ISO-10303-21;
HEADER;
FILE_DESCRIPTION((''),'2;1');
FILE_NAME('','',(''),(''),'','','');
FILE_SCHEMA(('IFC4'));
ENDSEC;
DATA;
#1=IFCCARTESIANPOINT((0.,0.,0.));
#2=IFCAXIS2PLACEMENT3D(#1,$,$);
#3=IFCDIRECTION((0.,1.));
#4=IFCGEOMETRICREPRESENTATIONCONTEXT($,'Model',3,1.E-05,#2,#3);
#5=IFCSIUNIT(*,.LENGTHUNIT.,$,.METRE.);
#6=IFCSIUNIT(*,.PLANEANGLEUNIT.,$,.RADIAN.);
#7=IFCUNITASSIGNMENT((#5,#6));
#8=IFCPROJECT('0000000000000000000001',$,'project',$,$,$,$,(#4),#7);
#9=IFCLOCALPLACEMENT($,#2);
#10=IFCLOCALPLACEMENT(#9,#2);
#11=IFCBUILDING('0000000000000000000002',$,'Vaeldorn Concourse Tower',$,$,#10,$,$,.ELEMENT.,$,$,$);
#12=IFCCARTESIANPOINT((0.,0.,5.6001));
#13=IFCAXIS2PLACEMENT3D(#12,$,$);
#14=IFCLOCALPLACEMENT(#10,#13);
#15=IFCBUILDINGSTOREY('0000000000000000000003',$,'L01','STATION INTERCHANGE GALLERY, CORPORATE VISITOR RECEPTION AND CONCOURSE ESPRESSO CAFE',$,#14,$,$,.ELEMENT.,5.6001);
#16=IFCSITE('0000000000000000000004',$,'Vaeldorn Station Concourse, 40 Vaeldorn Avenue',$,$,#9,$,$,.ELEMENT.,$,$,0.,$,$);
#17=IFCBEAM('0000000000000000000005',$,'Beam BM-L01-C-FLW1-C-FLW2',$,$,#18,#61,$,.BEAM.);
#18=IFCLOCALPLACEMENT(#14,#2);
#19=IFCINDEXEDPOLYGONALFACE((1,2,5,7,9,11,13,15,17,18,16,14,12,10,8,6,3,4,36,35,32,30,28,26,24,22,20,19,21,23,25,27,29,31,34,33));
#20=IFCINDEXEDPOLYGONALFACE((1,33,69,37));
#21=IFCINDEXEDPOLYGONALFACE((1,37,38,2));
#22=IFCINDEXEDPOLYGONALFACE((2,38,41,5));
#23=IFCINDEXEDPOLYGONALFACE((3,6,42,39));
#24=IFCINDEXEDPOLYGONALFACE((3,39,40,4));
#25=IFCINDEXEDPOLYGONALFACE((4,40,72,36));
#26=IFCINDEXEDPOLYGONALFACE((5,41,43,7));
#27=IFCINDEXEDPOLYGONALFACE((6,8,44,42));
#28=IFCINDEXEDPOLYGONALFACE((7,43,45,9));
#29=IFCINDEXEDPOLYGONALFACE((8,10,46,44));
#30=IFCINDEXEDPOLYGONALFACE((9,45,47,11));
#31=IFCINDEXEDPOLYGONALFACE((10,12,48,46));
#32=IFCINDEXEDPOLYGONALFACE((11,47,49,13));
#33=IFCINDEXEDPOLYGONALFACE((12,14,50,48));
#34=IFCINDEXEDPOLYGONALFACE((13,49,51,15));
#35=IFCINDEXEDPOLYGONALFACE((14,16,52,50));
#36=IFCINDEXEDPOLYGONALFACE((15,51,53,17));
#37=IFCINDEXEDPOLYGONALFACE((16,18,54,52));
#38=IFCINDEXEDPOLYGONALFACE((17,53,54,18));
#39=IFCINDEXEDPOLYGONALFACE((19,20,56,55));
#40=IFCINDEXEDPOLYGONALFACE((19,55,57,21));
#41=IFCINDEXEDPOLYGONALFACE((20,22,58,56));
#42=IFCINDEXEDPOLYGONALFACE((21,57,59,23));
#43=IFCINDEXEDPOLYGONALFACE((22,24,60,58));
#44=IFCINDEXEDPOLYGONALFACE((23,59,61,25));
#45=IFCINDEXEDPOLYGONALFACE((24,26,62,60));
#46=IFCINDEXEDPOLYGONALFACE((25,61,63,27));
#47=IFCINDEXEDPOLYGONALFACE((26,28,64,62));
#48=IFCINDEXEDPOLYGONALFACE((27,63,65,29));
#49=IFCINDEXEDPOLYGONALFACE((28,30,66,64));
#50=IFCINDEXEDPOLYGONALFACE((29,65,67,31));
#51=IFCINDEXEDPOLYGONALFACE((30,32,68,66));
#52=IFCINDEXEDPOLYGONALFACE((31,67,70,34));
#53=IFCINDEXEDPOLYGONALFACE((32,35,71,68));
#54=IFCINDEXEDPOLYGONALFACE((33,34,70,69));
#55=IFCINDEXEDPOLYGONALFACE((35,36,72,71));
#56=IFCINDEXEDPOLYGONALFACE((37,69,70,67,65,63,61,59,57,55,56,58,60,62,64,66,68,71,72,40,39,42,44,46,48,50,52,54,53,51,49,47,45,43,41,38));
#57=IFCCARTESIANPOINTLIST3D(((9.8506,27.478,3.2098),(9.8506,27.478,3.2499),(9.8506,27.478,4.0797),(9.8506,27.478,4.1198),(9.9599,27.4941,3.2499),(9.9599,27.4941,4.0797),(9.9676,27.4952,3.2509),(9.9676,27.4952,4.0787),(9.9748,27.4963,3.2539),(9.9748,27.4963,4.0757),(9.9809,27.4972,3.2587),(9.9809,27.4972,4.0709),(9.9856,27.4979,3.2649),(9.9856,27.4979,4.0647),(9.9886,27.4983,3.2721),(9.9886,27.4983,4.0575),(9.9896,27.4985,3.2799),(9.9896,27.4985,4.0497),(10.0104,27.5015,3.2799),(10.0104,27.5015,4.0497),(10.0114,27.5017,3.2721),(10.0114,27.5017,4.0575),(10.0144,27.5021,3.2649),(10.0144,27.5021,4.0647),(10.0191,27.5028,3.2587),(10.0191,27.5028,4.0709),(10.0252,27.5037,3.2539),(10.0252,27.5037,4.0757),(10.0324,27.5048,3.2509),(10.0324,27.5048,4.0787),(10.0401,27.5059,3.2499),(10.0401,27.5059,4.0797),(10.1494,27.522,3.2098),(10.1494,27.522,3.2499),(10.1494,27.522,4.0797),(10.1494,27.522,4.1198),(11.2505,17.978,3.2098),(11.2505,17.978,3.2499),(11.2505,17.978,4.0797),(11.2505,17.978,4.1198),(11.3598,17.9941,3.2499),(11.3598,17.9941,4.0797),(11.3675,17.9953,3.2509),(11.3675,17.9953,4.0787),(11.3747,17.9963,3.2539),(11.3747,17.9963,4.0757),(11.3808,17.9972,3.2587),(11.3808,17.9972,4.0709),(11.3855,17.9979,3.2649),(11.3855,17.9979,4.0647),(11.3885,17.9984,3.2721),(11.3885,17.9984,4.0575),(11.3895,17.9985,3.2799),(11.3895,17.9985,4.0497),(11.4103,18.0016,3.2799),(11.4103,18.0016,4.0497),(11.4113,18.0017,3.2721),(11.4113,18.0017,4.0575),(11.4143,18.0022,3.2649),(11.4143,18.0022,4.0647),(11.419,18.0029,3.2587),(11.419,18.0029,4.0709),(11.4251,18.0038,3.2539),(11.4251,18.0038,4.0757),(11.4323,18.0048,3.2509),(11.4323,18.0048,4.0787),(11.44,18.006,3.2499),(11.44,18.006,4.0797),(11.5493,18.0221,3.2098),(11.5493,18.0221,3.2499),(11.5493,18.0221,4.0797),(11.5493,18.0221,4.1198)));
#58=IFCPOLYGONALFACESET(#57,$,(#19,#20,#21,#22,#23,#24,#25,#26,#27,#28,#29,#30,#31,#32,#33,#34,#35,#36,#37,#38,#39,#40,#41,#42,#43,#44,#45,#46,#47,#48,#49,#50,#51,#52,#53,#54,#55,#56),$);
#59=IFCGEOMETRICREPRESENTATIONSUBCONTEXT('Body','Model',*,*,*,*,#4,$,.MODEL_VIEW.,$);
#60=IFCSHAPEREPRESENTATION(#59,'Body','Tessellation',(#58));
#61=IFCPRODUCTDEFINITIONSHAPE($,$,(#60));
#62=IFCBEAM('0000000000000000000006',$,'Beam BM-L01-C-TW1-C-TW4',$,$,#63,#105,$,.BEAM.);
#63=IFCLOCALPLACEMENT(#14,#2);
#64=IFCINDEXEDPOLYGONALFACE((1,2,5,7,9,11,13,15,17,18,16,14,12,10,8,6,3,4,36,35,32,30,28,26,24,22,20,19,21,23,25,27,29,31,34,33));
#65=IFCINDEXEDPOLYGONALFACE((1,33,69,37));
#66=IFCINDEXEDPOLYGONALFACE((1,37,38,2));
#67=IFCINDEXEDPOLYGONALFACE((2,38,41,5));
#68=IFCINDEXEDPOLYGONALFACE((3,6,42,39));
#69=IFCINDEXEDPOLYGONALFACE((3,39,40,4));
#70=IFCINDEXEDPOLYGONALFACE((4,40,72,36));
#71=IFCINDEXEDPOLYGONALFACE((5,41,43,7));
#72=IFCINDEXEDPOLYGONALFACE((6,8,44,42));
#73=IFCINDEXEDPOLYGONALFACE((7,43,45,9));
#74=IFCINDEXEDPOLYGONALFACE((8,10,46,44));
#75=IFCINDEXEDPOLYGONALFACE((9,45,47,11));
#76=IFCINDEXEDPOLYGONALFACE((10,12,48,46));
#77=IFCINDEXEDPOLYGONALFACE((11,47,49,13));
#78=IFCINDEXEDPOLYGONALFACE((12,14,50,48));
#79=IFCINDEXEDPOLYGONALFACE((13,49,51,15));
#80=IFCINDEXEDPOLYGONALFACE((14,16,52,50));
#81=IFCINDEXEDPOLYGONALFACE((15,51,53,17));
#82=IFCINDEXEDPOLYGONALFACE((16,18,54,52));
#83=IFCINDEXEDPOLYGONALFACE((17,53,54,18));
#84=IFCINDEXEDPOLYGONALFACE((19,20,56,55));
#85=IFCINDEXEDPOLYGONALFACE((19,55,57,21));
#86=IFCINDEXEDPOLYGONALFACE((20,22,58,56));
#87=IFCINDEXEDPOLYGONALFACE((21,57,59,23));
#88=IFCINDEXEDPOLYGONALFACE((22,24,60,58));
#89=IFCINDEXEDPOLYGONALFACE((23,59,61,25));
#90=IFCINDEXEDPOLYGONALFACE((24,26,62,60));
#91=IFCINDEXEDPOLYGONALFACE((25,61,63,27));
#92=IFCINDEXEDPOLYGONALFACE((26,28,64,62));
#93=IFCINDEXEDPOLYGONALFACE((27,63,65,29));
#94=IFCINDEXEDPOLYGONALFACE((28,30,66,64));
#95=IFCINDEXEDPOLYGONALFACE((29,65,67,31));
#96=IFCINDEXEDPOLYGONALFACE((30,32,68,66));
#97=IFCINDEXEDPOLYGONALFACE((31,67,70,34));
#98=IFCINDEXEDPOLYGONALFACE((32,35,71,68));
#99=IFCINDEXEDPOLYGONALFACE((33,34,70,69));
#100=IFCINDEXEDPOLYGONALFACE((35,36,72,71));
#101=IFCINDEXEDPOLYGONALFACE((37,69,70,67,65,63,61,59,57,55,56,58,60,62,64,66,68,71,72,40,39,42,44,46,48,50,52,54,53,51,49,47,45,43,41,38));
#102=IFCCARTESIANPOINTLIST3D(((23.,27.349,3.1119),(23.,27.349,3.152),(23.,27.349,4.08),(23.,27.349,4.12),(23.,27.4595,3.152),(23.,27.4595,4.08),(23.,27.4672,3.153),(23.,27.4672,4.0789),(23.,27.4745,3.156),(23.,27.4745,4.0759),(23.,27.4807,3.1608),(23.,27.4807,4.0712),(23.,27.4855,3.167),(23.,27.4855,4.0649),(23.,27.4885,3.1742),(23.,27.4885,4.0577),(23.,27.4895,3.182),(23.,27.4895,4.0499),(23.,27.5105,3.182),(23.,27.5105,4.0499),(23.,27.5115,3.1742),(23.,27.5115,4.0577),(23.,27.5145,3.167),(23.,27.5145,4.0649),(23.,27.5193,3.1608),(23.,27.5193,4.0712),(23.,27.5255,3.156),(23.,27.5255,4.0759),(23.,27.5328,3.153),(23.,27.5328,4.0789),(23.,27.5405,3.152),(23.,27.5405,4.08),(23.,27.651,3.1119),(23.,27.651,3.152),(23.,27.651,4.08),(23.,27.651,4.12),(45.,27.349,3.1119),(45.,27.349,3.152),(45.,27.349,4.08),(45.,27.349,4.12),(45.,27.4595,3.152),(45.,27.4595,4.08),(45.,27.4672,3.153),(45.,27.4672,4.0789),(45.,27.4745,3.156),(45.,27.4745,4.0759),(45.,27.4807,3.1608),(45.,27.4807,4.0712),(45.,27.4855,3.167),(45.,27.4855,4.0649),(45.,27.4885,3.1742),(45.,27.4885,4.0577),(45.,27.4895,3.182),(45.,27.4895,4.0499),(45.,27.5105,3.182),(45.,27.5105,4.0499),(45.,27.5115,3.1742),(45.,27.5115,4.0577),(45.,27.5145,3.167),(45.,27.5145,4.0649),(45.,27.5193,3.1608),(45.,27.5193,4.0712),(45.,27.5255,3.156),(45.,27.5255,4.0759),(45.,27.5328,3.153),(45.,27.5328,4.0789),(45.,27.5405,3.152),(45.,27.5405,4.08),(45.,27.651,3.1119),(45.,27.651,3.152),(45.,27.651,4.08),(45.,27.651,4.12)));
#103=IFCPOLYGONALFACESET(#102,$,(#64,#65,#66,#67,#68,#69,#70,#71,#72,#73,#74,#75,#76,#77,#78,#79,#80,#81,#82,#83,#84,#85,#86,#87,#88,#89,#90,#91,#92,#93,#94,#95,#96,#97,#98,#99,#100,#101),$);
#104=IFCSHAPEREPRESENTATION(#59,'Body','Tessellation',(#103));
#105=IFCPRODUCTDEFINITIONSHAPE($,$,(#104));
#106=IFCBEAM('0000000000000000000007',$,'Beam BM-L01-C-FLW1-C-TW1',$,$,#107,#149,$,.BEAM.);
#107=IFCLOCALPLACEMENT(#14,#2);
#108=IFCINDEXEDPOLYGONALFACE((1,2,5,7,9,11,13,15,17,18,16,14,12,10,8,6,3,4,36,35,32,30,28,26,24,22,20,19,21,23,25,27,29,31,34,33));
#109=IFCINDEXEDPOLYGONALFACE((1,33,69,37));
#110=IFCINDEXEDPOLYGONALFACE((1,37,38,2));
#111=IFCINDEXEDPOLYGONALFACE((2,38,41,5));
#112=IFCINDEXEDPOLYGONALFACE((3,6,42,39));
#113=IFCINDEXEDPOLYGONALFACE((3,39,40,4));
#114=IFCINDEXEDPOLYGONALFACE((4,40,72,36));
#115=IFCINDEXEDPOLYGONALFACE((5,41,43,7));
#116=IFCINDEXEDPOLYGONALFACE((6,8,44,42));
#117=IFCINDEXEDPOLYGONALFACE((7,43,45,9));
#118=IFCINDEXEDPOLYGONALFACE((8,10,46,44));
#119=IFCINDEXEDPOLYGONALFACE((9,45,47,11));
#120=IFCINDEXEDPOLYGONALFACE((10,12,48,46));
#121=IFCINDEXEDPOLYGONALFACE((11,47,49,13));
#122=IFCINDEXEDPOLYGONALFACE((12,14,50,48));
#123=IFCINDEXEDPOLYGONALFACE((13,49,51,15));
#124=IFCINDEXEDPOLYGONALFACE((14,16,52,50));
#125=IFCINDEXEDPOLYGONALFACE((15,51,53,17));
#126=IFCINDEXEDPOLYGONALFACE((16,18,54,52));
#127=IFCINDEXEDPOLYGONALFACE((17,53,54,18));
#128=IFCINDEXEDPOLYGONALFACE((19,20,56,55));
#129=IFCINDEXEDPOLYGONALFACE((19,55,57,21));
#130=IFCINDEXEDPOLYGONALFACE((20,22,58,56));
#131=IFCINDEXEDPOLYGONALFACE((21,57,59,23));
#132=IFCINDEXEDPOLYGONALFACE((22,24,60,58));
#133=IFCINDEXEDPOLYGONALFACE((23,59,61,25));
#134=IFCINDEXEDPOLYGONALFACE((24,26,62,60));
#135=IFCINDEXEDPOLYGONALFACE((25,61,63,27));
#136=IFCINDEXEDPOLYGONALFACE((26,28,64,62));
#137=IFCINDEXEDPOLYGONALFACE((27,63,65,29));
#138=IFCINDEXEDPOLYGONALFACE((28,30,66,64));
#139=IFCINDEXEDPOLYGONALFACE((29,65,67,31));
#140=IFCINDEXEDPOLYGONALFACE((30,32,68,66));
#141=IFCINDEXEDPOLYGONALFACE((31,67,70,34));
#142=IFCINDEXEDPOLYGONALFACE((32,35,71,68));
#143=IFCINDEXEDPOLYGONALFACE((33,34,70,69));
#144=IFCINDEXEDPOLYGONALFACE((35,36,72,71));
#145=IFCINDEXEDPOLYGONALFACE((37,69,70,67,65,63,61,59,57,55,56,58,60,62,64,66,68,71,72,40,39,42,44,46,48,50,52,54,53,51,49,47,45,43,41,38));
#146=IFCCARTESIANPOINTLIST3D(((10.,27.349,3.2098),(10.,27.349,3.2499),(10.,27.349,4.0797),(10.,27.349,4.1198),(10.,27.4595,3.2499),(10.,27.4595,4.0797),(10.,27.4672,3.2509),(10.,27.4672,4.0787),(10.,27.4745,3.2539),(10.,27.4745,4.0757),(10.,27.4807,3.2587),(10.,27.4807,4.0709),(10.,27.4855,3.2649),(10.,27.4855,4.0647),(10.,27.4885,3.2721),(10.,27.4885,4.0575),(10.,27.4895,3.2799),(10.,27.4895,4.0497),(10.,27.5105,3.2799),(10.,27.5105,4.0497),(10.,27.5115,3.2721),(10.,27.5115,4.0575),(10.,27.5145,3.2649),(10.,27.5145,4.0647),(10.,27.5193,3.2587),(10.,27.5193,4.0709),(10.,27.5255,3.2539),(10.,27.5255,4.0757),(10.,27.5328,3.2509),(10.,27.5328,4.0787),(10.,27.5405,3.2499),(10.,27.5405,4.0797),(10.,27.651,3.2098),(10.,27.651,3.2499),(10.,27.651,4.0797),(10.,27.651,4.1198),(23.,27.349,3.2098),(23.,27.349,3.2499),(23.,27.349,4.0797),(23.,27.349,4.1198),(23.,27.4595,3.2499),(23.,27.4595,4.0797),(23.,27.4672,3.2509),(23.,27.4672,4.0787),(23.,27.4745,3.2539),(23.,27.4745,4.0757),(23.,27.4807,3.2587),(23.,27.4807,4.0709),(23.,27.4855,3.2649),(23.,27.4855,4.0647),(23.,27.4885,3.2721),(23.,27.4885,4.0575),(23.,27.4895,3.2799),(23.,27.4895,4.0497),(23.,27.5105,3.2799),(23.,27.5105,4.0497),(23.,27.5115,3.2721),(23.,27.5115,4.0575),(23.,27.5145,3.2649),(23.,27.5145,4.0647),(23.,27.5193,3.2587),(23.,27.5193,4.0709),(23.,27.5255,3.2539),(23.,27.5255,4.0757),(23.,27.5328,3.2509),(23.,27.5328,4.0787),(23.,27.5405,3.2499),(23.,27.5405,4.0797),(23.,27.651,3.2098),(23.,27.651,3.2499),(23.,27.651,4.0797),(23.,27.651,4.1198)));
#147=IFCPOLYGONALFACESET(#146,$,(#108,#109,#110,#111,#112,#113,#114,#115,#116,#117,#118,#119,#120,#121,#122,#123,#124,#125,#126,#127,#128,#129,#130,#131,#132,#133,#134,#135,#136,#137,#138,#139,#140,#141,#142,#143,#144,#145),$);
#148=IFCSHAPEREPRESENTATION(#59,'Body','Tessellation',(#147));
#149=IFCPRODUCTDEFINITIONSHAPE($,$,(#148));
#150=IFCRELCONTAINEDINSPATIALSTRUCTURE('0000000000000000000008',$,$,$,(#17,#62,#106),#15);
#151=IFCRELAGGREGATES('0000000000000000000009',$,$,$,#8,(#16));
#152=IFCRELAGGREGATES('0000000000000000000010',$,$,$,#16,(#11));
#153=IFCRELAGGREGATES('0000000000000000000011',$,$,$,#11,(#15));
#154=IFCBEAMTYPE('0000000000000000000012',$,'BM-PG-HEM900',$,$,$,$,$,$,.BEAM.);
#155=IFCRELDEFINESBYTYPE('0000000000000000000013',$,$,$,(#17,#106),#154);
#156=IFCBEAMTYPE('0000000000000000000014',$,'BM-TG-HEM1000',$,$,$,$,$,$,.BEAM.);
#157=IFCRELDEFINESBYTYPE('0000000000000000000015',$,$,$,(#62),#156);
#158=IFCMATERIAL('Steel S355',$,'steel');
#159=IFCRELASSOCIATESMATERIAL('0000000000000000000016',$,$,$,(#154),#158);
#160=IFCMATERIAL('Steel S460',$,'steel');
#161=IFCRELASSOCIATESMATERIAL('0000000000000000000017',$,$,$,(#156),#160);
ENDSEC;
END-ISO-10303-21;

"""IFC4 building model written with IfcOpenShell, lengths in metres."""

from ifc_helpers import new_model, si_unit, direction, frame, origin, origin_2d, place, context, subcontext, project, spatial, i_section, extrude, source, transform, mapped, material, material_profile, profile_set, type_object, element, save


model = new_model("IFC4")

# Units and contexts
model_context = context("Model", 3, precision=1e-05, world=origin(), true_north=direction((0.0, 1.0)))
body_context = subcontext(model_context, "Body", "Model", "MODEL_VIEW")
ifc_project = project(units=[si_unit("LENGTHUNIT", "METRE"), si_unit("PLANEANGLEUNIT", "RADIAN")], contexts=[model_context])

# Site, building, storey
site_placement = place(None, origin())
site = spatial("IfcSite", under=ifc_project, at=site_placement, Name="Vaeldorn Station Concourse, 40 Vaeldorn Avenue", CompositionType="ELEMENT", RefElevation=0.0)
building_placement = place(site_placement, origin())
building = spatial("IfcBuilding", under=site, at=building_placement, Name="Vaeldorn Concourse Tower", CompositionType="ELEMENT")
storey_placement = place(building_placement, frame((0.0, 0.0, 5.6001)))
storey = spatial("IfcBuildingStorey", under=building, at=storey_placement, Name="L01", Description="STATION INTERCHANGE GALLERY, CORPORATE VISITOR RECEPTION AND CONCOURSE ESPRESSO CAFE", CompositionType="ELEMENT", Elevation=5.6001)

# Shared definitions
ifc_material_1 = material(Name="Steel S460", Category="steel")

# Beams
ifc_material_2 = material(Name="Steel S355", Category="steel")
ifc_material_profile_1 = material_profile(ifc_material_2, i_section(OverallWidth=0.302, OverallDepth=0.9099, WebThickness=0.021, FlangeThickness=0.04, FilletRadius=0.03, at=origin_2d()), Name="HEM 900")
ifc_profile_set_1 = profile_set([ifc_material_profile_1], Name="Steel S355")
beam_type_1 = type_object("IfcBeamType", Name="BM-PG-HEM900", PredefinedType="BEAM", material=ifc_profile_set_1)
shared_shape_1 = source(origin(), body_context, "Body", "SweptSolid", [
    extrude(i_section(OverallWidth=0.302, OverallDepth=0.9099, WebThickness=0.021, FlangeThickness=0.04, FilletRadius=0.03, at=origin_2d()), origin(), (0.0, 0.0, 1.0), 9.6025),
])
beam_1_placement = place(storey_placement, frame((10.0, 27.5, 3.6648), z_axis=(0.145784, -0.989316, 0.0), x_axis=(0.989316, 0.145784, 0.0)))
element("IfcBeam", 1, at=beam_1_placement, inside=storey, type_object=beam_type_1, Name="Beam BM-L01-C-FLW1-C-FLW2", PredefinedType="BEAM", context=body_context, shape_type="MappedRepresentation", body=[
    mapped(shared_shape_1, transform((0.0, 0.0, 0.0), scale=1.0)),
])
ifc_material_profile_2 = material_profile(ifc_material_1, i_section(OverallWidth=0.302, OverallDepth=1.0081, WebThickness=0.021, FlangeThickness=0.04, FilletRadius=0.03, at=origin_2d()), Name="HEM 1000")
ifc_profile_set_2 = profile_set([ifc_material_profile_2], Name="Steel S460")
beam_type_2 = type_object("IfcBeamType", Name="BM-TG-HEM1000", PredefinedType="BEAM", material=ifc_profile_set_2)
shared_shape_2 = source(origin(), body_context, "Body", "SweptSolid", [
    extrude(i_section(OverallWidth=0.302, OverallDepth=1.0081, WebThickness=0.021, FlangeThickness=0.04, FilletRadius=0.03, at=origin_2d()), origin(), (0.0, 0.0, 1.0), 22.0),
])
beam_2_placement = place(storey_placement, frame((23.0, 27.5, 3.616), z_axis=(1.0, 0.0, 0.0), x_axis=(0.0, 1.0, 0.0)))
element("IfcBeam", 2, at=beam_2_placement, inside=storey, type_object=beam_type_2, Name="Beam BM-L01-C-TW1-C-TW4", PredefinedType="BEAM", context=body_context, shape_type="MappedRepresentation", body=[
    mapped(shared_shape_2, transform((0.0, 0.0, 0.0), scale=1.0)),
])
shared_shape_3 = source(origin(), body_context, "Body", "SweptSolid", [
    extrude(i_section(OverallWidth=0.302, OverallDepth=0.9099, WebThickness=0.021, FlangeThickness=0.04, FilletRadius=0.03, at=origin_2d()), origin(), (0.0, 0.0, 1.0), 13.0),
])
beam_3_placement = place(storey_placement, frame((10.0, 27.5, 3.6648), z_axis=(1.0, 0.0, 0.0), x_axis=(0.0, 1.0, 0.0)))
element("IfcBeam", 3, at=beam_3_placement, inside=storey, type_object=beam_type_1, Name="Beam BM-L01-C-FLW1-C-TW1", PredefinedType="BEAM", context=body_context, shape_type="MappedRepresentation", body=[
    mapped(shared_shape_3, transform((0.0, 0.0, 0.0), scale=1.0)),
])

save(model, "model.ifc")
